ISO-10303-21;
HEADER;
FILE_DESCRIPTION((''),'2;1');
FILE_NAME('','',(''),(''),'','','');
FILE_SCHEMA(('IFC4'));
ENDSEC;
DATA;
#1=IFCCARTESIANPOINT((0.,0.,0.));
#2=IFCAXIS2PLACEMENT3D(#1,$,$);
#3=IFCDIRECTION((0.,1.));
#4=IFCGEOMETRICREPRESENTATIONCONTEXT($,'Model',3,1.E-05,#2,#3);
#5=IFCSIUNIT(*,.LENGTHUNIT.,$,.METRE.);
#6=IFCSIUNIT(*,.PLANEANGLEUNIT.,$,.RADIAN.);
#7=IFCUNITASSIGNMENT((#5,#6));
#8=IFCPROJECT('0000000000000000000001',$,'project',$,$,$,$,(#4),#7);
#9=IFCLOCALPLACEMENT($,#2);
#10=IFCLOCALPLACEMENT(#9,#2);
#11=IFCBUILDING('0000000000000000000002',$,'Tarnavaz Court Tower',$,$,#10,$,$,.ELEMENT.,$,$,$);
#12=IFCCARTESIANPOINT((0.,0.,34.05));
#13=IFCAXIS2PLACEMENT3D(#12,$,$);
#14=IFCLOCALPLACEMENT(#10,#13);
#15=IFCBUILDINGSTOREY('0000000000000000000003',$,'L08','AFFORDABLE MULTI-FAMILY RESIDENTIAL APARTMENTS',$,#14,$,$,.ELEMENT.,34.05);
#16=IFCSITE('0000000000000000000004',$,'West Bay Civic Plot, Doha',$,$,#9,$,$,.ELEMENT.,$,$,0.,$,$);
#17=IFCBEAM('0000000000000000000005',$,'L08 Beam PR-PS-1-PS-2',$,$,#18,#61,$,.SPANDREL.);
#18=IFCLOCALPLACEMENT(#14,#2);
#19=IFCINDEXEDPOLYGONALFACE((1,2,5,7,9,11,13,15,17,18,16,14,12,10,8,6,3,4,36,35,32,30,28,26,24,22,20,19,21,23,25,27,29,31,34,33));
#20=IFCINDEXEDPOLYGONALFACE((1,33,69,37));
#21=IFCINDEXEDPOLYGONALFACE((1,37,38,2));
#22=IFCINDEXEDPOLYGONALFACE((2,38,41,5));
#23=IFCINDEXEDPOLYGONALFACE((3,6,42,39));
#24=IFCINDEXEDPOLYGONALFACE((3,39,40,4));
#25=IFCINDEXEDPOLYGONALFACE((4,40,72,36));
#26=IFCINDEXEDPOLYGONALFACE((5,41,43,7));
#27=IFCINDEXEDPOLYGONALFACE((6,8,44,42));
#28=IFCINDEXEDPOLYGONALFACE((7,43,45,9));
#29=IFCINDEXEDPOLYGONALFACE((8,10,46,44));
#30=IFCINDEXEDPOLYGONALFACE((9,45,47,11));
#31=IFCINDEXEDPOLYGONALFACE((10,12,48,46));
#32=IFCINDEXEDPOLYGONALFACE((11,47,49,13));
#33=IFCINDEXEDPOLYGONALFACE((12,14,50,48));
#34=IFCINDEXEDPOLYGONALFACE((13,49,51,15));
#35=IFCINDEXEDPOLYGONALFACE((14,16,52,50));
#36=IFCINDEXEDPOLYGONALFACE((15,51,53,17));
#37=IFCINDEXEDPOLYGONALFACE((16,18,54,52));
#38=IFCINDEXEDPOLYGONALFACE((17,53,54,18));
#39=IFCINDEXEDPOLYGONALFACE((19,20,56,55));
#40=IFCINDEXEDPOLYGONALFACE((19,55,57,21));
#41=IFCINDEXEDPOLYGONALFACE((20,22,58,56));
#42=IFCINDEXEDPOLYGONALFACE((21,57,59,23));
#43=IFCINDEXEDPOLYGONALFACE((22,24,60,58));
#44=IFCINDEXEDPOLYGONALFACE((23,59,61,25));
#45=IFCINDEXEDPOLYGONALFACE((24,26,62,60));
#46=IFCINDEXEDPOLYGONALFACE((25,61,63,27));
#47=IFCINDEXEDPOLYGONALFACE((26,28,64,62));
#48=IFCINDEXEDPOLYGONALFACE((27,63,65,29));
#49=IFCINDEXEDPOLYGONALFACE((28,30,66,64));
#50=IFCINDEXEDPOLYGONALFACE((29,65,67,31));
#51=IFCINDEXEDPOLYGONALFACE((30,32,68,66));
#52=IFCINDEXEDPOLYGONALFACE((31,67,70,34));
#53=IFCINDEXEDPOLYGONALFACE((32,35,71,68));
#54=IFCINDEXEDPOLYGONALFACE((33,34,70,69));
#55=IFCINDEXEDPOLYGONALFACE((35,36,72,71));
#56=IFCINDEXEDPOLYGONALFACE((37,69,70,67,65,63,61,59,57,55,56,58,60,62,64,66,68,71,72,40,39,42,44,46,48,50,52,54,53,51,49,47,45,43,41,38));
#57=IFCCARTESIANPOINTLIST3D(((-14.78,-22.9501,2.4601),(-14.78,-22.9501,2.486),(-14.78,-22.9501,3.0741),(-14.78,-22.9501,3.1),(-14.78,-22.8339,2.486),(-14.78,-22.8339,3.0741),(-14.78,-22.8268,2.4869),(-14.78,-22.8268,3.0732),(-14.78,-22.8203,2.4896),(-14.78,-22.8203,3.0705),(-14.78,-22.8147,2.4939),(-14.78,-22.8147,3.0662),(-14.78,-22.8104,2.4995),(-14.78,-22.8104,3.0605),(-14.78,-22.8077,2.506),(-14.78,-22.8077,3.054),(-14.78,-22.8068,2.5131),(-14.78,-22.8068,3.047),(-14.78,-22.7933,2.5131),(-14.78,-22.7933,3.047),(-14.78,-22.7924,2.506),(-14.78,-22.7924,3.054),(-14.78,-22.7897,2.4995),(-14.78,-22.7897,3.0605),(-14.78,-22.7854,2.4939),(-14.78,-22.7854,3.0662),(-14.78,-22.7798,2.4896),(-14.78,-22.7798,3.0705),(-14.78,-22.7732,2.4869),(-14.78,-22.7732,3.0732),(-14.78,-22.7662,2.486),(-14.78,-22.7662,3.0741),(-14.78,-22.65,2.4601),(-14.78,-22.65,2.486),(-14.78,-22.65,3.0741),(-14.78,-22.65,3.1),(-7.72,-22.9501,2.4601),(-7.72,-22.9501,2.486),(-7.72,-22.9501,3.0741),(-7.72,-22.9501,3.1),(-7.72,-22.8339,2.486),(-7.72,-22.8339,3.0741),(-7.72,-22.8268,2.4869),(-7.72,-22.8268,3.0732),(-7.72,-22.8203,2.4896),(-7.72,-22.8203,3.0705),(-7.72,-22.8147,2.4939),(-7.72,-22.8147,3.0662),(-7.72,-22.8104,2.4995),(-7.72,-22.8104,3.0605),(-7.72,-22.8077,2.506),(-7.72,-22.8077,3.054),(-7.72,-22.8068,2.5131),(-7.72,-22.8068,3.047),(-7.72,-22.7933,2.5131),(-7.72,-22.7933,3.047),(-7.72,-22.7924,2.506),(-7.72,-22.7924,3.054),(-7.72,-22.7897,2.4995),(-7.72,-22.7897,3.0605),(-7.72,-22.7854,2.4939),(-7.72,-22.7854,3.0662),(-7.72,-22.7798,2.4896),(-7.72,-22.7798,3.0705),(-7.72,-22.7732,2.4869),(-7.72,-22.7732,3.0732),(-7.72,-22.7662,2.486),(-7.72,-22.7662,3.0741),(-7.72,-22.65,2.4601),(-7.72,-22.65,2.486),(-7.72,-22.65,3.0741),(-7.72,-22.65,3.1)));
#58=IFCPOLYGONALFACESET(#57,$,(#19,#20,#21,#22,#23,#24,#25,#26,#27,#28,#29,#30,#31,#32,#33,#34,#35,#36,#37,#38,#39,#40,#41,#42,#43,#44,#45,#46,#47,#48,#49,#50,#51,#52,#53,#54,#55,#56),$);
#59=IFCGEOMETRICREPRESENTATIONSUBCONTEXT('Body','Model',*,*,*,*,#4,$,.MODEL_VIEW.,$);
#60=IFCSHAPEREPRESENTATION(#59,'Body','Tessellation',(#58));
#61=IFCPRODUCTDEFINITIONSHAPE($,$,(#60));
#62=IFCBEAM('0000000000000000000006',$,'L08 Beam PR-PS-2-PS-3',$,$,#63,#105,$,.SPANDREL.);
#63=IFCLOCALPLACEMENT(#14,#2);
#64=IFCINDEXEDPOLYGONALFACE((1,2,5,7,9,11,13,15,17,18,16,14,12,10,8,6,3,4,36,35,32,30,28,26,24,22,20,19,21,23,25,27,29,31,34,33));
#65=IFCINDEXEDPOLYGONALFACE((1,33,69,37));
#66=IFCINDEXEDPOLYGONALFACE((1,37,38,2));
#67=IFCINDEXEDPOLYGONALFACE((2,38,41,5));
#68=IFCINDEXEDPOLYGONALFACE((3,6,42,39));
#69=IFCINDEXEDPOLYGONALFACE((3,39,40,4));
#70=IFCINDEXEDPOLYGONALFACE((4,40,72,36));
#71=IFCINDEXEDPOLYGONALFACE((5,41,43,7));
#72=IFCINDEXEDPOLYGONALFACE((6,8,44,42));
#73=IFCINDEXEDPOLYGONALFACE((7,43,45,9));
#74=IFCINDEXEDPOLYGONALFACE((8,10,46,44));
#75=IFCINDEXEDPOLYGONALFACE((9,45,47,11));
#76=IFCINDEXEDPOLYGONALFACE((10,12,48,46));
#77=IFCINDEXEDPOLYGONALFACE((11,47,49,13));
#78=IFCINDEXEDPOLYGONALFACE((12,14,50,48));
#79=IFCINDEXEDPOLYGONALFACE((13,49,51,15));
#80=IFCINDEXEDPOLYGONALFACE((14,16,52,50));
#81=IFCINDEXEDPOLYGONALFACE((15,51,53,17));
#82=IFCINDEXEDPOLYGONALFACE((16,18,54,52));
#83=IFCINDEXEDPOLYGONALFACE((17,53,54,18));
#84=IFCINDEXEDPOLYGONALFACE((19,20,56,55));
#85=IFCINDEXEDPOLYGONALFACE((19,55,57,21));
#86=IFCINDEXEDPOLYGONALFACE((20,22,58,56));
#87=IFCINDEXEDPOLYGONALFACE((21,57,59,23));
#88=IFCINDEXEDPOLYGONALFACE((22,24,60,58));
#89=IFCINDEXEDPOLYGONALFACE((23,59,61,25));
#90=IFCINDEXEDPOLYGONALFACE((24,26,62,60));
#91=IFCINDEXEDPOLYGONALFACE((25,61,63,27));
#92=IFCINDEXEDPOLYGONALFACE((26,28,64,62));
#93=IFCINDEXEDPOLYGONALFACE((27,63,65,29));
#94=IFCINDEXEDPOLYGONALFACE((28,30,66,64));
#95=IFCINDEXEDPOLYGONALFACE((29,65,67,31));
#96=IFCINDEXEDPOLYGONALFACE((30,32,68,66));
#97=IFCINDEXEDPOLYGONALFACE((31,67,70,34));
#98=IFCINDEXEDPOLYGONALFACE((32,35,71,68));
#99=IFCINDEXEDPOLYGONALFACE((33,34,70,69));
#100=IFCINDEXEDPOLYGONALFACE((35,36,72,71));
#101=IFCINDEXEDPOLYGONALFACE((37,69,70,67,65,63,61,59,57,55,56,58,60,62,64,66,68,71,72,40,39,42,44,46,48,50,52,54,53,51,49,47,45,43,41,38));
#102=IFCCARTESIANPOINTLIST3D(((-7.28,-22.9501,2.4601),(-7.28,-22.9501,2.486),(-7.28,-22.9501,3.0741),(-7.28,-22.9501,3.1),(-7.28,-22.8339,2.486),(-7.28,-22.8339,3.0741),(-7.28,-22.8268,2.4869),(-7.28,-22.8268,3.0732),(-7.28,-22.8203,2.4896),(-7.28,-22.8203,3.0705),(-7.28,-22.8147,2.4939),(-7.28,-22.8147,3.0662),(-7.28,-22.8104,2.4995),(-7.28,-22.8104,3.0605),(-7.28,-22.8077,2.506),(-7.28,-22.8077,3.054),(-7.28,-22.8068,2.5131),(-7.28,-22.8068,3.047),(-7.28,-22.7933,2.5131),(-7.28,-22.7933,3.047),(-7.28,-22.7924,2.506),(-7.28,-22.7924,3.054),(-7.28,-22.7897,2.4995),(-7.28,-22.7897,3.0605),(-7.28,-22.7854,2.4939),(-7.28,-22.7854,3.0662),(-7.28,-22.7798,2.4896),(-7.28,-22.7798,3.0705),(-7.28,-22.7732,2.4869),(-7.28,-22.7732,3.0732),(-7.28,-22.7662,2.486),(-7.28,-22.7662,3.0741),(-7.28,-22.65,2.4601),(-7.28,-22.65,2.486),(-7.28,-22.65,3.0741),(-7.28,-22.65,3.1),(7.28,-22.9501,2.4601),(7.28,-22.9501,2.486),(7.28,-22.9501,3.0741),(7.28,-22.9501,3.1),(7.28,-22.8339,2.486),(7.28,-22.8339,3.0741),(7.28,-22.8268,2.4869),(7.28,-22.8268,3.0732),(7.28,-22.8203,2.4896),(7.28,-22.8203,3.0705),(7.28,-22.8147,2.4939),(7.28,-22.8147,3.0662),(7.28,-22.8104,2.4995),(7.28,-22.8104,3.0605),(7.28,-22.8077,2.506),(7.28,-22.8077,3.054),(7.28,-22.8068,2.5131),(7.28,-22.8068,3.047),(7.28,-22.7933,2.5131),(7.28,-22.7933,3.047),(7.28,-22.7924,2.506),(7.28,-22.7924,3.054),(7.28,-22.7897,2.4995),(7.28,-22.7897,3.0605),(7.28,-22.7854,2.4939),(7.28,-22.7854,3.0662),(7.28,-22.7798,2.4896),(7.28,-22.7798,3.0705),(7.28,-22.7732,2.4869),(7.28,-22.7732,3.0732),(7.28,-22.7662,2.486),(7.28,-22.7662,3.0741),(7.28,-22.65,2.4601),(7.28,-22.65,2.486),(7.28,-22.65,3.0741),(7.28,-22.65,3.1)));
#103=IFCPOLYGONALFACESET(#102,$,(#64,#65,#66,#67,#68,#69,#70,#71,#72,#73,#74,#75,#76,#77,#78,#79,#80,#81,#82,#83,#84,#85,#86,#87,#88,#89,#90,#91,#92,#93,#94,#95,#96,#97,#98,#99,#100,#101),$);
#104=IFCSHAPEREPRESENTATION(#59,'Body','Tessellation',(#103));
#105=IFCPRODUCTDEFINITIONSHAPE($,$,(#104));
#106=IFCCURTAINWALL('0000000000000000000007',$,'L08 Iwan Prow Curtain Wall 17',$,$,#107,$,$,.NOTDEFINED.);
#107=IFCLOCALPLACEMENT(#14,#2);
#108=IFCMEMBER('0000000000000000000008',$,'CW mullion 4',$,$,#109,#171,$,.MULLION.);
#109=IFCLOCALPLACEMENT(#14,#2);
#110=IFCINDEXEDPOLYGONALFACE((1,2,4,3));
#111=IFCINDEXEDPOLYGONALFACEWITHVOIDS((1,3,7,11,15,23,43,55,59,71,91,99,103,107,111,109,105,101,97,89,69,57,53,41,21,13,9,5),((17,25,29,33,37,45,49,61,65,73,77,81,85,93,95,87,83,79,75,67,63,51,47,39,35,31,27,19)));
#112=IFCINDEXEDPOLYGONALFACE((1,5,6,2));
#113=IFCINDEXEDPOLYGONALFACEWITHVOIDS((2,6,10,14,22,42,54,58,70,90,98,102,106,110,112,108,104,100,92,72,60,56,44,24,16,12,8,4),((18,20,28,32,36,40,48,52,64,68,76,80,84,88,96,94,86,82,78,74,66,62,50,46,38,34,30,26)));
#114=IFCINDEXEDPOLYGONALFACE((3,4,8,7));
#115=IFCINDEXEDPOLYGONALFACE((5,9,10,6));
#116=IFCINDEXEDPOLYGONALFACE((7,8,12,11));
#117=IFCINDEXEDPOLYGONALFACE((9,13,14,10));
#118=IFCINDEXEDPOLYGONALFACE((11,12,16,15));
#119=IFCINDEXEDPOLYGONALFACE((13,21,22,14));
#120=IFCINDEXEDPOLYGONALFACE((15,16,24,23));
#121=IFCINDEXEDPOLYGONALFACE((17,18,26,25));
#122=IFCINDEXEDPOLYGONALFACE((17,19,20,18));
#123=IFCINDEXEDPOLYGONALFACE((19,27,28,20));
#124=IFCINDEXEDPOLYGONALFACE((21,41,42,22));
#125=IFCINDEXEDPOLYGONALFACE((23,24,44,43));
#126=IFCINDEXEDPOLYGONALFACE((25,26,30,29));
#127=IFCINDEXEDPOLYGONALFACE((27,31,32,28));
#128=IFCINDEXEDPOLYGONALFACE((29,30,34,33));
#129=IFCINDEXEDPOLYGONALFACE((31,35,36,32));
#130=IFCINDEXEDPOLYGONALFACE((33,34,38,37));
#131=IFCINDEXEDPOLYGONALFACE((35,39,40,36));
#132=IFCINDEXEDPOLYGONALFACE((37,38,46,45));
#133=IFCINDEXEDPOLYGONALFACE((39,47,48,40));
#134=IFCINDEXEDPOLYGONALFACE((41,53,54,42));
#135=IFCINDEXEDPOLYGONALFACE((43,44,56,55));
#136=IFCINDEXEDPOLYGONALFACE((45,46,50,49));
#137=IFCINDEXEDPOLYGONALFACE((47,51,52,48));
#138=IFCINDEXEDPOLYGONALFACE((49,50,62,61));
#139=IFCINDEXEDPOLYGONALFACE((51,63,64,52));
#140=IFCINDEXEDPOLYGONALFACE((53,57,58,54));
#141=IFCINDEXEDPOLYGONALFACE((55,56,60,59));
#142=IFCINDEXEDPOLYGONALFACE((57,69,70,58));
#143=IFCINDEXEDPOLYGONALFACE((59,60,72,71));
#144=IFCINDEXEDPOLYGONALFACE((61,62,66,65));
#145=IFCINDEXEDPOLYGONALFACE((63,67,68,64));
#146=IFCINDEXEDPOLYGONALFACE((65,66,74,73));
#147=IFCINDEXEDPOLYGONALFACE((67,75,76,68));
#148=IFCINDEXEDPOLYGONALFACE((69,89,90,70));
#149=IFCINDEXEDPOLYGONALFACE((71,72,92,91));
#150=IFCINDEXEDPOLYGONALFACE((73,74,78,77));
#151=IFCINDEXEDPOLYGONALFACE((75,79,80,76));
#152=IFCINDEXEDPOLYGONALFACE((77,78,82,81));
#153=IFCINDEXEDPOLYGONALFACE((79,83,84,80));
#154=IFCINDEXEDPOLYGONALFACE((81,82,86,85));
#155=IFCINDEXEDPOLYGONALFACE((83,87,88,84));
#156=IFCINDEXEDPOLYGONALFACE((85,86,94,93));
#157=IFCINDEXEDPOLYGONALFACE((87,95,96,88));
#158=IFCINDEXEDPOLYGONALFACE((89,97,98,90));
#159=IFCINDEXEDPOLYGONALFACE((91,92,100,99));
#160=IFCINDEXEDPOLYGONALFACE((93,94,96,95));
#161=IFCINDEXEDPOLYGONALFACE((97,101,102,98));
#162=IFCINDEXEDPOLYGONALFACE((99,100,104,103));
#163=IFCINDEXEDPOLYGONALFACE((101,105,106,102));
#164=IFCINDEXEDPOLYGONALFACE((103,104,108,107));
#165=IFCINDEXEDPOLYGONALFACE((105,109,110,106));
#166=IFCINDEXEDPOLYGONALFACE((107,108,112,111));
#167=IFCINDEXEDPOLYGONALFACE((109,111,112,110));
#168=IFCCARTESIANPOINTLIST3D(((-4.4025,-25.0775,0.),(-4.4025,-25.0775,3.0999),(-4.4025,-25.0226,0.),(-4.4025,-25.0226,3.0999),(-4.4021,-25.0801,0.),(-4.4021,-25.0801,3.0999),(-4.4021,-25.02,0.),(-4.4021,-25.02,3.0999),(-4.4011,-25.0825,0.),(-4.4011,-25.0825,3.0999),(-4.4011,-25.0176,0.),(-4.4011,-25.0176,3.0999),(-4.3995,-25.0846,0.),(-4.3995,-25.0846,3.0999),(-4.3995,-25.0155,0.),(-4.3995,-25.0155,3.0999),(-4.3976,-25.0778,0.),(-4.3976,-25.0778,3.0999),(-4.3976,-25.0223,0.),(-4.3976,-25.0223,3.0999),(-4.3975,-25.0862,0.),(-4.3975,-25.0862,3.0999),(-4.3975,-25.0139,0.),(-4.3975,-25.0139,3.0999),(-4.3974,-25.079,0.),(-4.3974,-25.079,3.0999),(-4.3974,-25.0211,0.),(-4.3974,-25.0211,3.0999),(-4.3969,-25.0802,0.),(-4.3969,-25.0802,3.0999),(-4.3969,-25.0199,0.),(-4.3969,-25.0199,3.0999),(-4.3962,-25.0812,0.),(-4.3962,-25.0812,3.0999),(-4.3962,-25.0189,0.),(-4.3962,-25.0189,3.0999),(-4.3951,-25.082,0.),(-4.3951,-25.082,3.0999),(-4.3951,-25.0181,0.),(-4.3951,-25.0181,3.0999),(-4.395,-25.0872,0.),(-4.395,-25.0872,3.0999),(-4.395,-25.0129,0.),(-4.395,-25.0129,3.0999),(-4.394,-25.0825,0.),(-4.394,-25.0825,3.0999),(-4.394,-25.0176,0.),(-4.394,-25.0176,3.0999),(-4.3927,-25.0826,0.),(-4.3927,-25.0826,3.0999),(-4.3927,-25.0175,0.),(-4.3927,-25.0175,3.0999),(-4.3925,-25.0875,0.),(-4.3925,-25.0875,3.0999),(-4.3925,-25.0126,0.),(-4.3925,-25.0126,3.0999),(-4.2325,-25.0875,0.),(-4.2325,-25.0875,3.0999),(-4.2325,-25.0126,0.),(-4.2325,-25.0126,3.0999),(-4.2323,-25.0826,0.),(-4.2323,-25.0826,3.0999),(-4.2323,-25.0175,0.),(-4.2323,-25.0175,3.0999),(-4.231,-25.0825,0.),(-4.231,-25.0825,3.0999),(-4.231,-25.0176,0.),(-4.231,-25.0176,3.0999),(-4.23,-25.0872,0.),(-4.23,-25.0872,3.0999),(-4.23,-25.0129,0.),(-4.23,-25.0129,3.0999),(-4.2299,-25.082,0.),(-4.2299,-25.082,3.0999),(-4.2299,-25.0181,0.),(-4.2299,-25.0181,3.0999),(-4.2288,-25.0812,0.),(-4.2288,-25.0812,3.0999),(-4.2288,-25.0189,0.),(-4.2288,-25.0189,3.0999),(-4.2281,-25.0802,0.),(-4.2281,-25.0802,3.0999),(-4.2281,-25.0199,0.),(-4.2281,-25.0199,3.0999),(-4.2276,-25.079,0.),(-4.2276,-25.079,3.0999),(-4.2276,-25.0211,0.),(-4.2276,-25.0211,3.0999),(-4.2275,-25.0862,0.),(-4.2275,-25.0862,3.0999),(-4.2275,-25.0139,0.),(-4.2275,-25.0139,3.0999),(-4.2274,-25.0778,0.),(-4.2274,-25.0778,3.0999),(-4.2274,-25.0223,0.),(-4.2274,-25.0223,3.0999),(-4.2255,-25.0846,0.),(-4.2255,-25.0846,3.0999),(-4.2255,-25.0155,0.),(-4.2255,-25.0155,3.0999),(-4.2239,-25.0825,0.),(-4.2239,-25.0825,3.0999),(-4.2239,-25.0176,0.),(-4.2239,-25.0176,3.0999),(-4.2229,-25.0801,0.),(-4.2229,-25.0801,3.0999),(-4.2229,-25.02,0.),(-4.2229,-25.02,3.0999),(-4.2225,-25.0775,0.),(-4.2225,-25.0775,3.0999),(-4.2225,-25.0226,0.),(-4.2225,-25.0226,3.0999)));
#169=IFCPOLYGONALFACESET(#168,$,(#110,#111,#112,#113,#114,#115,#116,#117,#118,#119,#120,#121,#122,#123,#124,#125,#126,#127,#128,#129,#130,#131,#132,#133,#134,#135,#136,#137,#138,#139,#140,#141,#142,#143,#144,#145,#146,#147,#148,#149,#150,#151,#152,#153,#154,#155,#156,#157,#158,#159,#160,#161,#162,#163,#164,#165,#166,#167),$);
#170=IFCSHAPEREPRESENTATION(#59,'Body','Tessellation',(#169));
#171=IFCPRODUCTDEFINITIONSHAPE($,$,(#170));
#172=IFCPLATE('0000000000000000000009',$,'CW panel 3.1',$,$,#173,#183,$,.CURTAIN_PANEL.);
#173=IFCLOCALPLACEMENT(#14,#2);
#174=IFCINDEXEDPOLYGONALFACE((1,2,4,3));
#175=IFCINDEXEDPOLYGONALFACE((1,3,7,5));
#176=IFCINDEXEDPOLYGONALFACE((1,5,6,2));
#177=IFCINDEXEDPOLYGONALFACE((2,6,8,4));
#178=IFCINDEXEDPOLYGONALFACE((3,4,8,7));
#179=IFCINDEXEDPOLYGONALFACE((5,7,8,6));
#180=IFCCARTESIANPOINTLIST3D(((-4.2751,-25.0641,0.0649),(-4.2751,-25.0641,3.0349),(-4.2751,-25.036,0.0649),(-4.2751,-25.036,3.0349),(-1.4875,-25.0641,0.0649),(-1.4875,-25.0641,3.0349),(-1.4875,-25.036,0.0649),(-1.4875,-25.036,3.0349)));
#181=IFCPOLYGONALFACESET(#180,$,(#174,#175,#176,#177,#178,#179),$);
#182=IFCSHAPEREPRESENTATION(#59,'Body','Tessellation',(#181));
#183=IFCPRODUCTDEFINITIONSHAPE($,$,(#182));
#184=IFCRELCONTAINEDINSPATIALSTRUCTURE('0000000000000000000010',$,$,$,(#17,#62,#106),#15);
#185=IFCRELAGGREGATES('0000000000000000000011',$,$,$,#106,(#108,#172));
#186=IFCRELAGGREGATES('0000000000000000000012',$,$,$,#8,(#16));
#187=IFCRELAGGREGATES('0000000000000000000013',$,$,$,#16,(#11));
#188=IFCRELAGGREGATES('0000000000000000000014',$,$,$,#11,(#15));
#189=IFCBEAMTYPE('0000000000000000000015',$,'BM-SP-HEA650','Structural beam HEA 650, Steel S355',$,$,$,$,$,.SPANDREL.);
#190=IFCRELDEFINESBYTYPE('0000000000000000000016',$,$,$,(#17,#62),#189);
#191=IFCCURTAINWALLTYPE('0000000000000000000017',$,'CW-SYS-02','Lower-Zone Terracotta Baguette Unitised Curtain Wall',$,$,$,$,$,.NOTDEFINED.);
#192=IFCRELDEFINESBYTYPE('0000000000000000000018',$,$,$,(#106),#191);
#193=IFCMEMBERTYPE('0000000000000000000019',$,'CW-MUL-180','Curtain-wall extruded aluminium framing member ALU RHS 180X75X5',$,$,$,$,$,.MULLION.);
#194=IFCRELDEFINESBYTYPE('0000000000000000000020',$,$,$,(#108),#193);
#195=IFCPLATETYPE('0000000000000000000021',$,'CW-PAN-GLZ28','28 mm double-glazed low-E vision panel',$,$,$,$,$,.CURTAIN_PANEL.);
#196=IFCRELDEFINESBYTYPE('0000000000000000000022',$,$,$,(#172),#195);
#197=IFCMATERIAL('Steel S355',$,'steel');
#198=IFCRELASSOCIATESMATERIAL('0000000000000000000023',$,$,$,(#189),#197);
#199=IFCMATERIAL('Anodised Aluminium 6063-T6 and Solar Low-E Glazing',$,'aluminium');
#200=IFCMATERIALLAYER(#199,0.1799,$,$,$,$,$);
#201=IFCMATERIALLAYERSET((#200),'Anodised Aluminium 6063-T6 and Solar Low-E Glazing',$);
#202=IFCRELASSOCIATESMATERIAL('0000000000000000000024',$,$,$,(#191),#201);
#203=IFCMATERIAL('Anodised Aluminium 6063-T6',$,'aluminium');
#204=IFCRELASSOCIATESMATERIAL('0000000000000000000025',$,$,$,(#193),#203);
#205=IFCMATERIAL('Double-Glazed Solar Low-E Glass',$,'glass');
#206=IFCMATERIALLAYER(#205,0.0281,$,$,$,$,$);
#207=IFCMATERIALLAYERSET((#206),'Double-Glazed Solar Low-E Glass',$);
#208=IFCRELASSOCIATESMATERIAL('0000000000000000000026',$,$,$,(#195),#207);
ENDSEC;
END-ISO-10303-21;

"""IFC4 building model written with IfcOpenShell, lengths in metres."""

from ifc_helpers import new_model, si_unit, direction, frame, origin, origin_2d, place, context, subcontext, project, spatial, rectangle, hollow_rectangle, i_section, extrude, material, layer, layer_set, material_profile, profile_set, type_object, element, aggregate, save


model = new_model("IFC4")

# Units and contexts
model_context = context("Model", 3, precision=1e-05, world=origin(), true_north=direction((0.0, 1.0)))
body_context = subcontext(model_context, "Body", "Model", "MODEL_VIEW")
ifc_project = project(units=[si_unit("LENGTHUNIT", "METRE"), si_unit("PLANEANGLEUNIT", "RADIAN")], contexts=[model_context])

# Site, building, storey
site_placement = place(None, origin())
site = spatial("IfcSite", under=ifc_project, at=site_placement, Name="West Bay Civic Plot, Doha", CompositionType="ELEMENT", RefElevation=0.0)
building_placement = place(site_placement, origin())
building = spatial("IfcBuilding", under=site, at=building_placement, Name="Tarnavaz Court Tower", CompositionType="ELEMENT")
storey_placement = place(building_placement, frame((0.0, 0.0, 34.05)))
storey = spatial("IfcBuildingStorey", under=building, at=storey_placement, Name="L08", Description="AFFORDABLE MULTI-FAMILY RESIDENTIAL APARTMENTS", CompositionType="ELEMENT", Elevation=34.05)

# Beams
ifc_material_1 = material(Name="Steel S355", Category="steel")
ifc_material_profile_1 = material_profile(ifc_material_1, i_section(OverallWidth=0.3, OverallDepth=0.6399, WebThickness=0.0134, FlangeThickness=0.0259, FilletRadius=0.0271, at=origin_2d()), Name="HEA 650")
ifc_profile_set_1 = profile_set([ifc_material_profile_1], Name="Steel S355")
beam_type_1 = type_object("IfcBeamType", Name="BM-SP-HEA650", Description="Structural beam HEA 650, Steel S355", PredefinedType="SPANDREL", material=ifc_profile_set_1)
beam_1_placement = place(storey_placement, frame((-14.78, -22.8, 2.78), z_axis=(1.0, 0.0, 0.0), x_axis=(0.0, 1.0, 0.0)))
element("IfcBeam", 1, at=beam_1_placement, inside=storey, type_object=beam_type_1, Name="L08 Beam PR-PS-1-PS-2", PredefinedType="SPANDREL", context=body_context, shape_type="SweptSolid", body=[
    extrude(i_section(OverallWidth=0.3, OverallDepth=0.6399, WebThickness=0.0134, FlangeThickness=0.0259, FilletRadius=0.0271, at=origin_2d()), origin(), (0.0, 0.0, 1.0), 7.0601),
])
beam_2_placement = place(storey_placement, frame((-7.28, -22.8, 2.78), z_axis=(1.0, 0.0, 0.0), x_axis=(0.0, 1.0, 0.0)))
element("IfcBeam", 2, at=beam_2_placement, inside=storey, type_object=beam_type_1, Name="L08 Beam PR-PS-2-PS-3", PredefinedType="SPANDREL", context=body_context, shape_type="SweptSolid", body=[
    extrude(i_section(OverallWidth=0.3, OverallDepth=0.6399, WebThickness=0.0134, FlangeThickness=0.0259, FilletRadius=0.0271, at=origin_2d()), origin(), (0.0, 0.0, 1.0), 14.5601),
])

# Curtain wall, member, plate
ifc_material_2 = material(Name="Anodised Aluminium 6063-T6 and Solar Low-E Glazing", Category="aluminium")
ifc_layer_1 = layer(ifc_material_2, 0.1799)
ifc_layer_set_1 = layer_set([ifc_layer_1], Name="Anodised Aluminium 6063-T6 and Solar Low-E Glazing")
curtain_wall_type = type_object("IfcCurtainWallType", Name="CW-SYS-02", Description="Lower-Zone Terracotta Baguette Unitised Curtain Wall", PredefinedType="NOTDEFINED", material=ifc_layer_set_1)
curtain_wall_placement = place(storey_placement, origin())
curtain_wall = element("IfcCurtainWall", 3, at=curtain_wall_placement, inside=storey, type_object=curtain_wall_type, Name="L08 Iwan Prow Curtain Wall 17", PredefinedType="NOTDEFINED")
ifc_material_3 = material(Name="Anodised Aluminium 6063-T6", Category="aluminium")
ifc_material_profile_2 = material_profile(ifc_material_3, hollow_rectangle(XDim=0.075, YDim=0.1799, WallThickness=0.0049, InnerFilletRadius=0.0049, OuterFilletRadius=0.01, at=origin_2d()), Name="ALU RHS 180X75X5")
ifc_profile_set_2 = profile_set([ifc_material_profile_2], Name="Anodised Aluminium 6063-T6")
member_type = type_object("IfcMemberType", Name="CW-MUL-180", Description="Curtain-wall extruded aluminium framing member ALU RHS 180X75X5", PredefinedType="MULLION", material=ifc_profile_set_2)
member_placement = place(storey_placement, frame((-4.3125, -25.05, 0.0), z_axis=(0.0, 0.0, 1.0), x_axis=(0.0, -1.0, 0.0)))
member = element("IfcMember", 4, at=member_placement, type_object=member_type, Name="CW mullion 4", PredefinedType="MULLION", context=body_context, shape_type="SweptSolid", body=[
    extrude(hollow_rectangle(XDim=0.075, YDim=0.1799, WallThickness=0.0049, InnerFilletRadius=0.0049, OuterFilletRadius=0.01, at=origin_2d()), origin(), (0.0, 0.0, 1.0), 3.0999),
])
ifc_material_4 = material(Name="Double-Glazed Solar Low-E Glass", Category="glass")
ifc_layer_2 = layer(ifc_material_4, 0.0281)
ifc_layer_set_2 = layer_set([ifc_layer_2], Name="Double-Glazed Solar Low-E Glass")
plate_type = type_object("IfcPlateType", Name="CW-PAN-GLZ28", Description="28 mm double-glazed low-E vision panel", PredefinedType="CURTAIN_PANEL", material=ifc_layer_set_2)
plate_placement = place(storey_placement, frame((-2.8813, -25.05, 0.0649), z_axis=(0.0, 0.0, 1.0), x_axis=(-1.0, 0.0, 0.0)))
plate = element("IfcPlate", 5, at=plate_placement, type_object=plate_type, Name="CW panel 3.1", PredefinedType="CURTAIN_PANEL", context=body_context, shape_type="SweptSolid", body=[
    extrude(rectangle(XDim=2.7876, YDim=0.0281, at=origin_2d()), origin(), (0.0, 0.0, 1.0), 2.97),
])
aggregate(curtain_wall, [member, plate])

save(model, "model.ifc")
